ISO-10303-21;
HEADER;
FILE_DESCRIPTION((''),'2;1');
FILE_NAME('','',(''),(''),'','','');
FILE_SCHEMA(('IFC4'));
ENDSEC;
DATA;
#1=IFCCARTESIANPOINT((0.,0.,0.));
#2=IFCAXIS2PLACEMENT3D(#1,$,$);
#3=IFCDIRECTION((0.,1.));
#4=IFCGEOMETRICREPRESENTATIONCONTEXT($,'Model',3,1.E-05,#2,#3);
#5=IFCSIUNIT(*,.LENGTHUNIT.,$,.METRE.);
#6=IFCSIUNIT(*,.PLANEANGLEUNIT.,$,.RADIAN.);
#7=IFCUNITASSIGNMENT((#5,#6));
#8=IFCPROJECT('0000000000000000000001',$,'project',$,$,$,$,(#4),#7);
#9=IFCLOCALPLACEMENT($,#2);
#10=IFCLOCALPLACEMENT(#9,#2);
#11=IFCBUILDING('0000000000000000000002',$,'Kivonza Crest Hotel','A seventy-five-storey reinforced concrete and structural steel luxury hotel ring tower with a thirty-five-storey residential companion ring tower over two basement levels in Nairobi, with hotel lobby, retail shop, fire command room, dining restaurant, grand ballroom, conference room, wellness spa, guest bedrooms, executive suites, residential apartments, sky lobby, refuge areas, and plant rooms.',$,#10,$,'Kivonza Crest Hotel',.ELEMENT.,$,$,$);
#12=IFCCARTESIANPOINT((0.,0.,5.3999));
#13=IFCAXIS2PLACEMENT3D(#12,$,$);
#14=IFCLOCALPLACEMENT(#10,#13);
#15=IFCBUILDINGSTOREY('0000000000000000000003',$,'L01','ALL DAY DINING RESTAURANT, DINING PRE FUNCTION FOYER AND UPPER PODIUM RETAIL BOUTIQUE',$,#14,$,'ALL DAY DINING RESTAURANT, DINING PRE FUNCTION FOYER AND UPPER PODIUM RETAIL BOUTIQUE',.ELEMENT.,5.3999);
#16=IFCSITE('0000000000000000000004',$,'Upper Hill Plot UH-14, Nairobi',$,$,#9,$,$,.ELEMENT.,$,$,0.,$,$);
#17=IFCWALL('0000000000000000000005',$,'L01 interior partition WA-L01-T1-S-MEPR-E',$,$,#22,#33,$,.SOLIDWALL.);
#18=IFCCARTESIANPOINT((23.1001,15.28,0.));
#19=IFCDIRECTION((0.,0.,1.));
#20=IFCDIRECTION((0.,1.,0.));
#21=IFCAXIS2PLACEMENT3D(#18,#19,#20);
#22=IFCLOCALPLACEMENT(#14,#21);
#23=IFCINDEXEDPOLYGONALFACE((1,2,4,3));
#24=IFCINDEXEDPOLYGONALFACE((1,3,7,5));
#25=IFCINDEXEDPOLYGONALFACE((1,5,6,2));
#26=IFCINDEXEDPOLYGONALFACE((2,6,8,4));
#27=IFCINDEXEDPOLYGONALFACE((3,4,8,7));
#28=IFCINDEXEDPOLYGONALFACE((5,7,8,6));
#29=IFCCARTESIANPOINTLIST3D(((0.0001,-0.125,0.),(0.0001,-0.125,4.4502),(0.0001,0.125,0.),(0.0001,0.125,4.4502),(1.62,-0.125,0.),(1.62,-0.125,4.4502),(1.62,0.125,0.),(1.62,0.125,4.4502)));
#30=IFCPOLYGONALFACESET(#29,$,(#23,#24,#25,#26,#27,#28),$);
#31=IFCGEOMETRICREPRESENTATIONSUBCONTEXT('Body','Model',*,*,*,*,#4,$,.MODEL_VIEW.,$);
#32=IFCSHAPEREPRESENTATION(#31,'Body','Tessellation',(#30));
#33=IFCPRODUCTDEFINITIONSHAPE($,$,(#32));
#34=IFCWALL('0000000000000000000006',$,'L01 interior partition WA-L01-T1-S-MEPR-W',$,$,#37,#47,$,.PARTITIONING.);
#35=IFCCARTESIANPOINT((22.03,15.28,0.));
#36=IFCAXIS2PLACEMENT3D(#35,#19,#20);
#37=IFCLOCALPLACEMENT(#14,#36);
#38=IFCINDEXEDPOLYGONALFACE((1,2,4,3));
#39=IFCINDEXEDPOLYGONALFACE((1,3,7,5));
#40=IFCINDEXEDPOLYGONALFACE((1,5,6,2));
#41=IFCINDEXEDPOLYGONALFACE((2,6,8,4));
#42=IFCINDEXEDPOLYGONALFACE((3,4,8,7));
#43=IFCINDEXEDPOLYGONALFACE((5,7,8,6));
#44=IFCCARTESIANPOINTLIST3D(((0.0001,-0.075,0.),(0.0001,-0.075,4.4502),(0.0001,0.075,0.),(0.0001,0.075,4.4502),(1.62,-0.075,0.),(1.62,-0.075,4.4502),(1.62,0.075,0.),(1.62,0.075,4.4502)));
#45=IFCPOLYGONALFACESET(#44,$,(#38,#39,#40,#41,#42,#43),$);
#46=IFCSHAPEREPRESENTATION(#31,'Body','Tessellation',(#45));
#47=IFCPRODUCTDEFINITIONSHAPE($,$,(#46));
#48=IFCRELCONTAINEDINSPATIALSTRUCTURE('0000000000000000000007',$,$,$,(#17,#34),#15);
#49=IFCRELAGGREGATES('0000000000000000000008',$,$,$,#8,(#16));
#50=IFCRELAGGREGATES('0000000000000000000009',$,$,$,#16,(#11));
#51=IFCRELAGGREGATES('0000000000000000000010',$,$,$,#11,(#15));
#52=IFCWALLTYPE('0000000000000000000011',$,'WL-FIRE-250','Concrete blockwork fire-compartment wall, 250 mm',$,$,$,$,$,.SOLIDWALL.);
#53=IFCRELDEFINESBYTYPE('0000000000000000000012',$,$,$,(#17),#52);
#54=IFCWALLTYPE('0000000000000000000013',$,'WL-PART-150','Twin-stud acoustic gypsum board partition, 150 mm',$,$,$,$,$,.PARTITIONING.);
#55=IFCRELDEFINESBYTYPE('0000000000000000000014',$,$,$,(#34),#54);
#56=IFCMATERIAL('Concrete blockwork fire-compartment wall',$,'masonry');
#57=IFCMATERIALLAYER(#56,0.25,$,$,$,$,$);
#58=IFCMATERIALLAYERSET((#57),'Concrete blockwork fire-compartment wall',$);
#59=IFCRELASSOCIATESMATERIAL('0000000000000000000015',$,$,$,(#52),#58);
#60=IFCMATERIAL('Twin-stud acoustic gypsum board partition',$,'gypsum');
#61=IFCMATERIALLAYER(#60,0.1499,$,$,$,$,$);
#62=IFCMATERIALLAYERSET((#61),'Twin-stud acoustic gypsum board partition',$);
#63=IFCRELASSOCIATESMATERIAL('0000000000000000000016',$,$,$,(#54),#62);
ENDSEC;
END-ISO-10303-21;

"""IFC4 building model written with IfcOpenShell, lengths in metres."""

from ifc_helpers import new_model, si_unit, direction, frame, frame_2d, origin, place, context, subcontext, project, spatial, rectangle, extrude, material, layer, layer_set, type_object, element, save


model = new_model("IFC4")

# Units and contexts
model_context = context("Model", 3, precision=1e-05, world=origin(), true_north=direction((0.0, 1.0)))
body_context = subcontext(model_context, "Body", "Model", "MODEL_VIEW")
ifc_project = project(units=[si_unit("LENGTHUNIT", "METRE"), si_unit("PLANEANGLEUNIT", "RADIAN")], contexts=[model_context])

# Site, building, storey
site_placement = place(None, origin())
site = spatial("IfcSite", under=ifc_project, at=site_placement, Name="Upper Hill Plot UH-14, Nairobi", CompositionType="ELEMENT", RefElevation=0.0)
building_placement = place(site_placement, origin())
building = spatial("IfcBuilding", under=site, at=building_placement, Name="Kivonza Crest Hotel", Description="A seventy-five-storey reinforced concrete and structural steel luxury hotel ring tower with a thirty-five-storey residential companion ring tower over two basement levels in Nairobi, with hotel lobby, retail shop, fire command room, dining restaurant, grand ballroom, conference room, wellness spa, guest bedrooms, executive suites, residential apartments, sky lobby, refuge areas, and plant rooms.", LongName="Kivonza Crest Hotel", CompositionType="ELEMENT")
storey_placement = place(building_placement, frame((0.0, 0.0, 5.3999)))
storey = spatial("IfcBuildingStorey", under=building, at=storey_placement, Name="L01", Description="ALL DAY DINING RESTAURANT, DINING PRE FUNCTION FOYER AND UPPER PODIUM RETAIL BOUTIQUE", LongName="ALL DAY DINING RESTAURANT, DINING PRE FUNCTION FOYER AND UPPER PODIUM RETAIL BOUTIQUE", CompositionType="ELEMENT", Elevation=5.3999)

# Walls
ifc_material_1 = material(Name="Concrete blockwork fire-compartment wall", Category="masonry")
ifc_layer_1 = layer(ifc_material_1, 0.25)
ifc_layer_set_1 = layer_set([ifc_layer_1], Name="Concrete blockwork fire-compartment wall")
wall_type_1 = type_object("IfcWallType", Name="WL-FIRE-250", Description="Concrete blockwork fire-compartment wall, 250 mm", PredefinedType="SOLIDWALL", material=ifc_layer_set_1)
wall_1_placement = place(storey_placement, frame((23.1001, 15.28, 0.0), z_axis=(0.0, 0.0, 1.0), x_axis=(0.0, 1.0, 0.0)))
element("IfcWall", 1, at=wall_1_placement, inside=storey, type_object=wall_type_1, Name="L01 interior partition WA-L01-T1-S-MEPR-E", PredefinedType="SOLIDWALL", context=body_context, shape_type="SweptSolid", body=[
    extrude(rectangle(XDim=1.6199, YDim=0.25, at=frame_2d((0.8101, 0.0))), origin(), (0.0, 0.0, 1.0), 4.4502),
])
ifc_material_2 = material(Name="Twin-stud acoustic gypsum board partition", Category="gypsum")
ifc_layer_2 = layer(ifc_material_2, 0.1499)
ifc_layer_set_2 = layer_set([ifc_layer_2], Name="Twin-stud acoustic gypsum board partition")
wall_type_2 = type_object("IfcWallType", Name="WL-PART-150", Description="Twin-stud acoustic gypsum board partition, 150 mm", PredefinedType="PARTITIONING", material=ifc_layer_set_2)
wall_2_placement = place(storey_placement, frame((22.03, 15.28, 0.0), z_axis=(0.0, 0.0, 1.0), x_axis=(0.0, 1.0, 0.0)))
element("IfcWall", 2, at=wall_2_placement, inside=storey, type_object=wall_type_2, Name="L01 interior partition WA-L01-T1-S-MEPR-W", PredefinedType="PARTITIONING", context=body_context, shape_type="SweptSolid", body=[
    extrude(rectangle(XDim=1.6199, YDim=0.1499, at=frame_2d((0.8101, 0.0))), origin(), (0.0, 0.0, 1.0), 4.4502),
])

save(model, "model.ifc")
